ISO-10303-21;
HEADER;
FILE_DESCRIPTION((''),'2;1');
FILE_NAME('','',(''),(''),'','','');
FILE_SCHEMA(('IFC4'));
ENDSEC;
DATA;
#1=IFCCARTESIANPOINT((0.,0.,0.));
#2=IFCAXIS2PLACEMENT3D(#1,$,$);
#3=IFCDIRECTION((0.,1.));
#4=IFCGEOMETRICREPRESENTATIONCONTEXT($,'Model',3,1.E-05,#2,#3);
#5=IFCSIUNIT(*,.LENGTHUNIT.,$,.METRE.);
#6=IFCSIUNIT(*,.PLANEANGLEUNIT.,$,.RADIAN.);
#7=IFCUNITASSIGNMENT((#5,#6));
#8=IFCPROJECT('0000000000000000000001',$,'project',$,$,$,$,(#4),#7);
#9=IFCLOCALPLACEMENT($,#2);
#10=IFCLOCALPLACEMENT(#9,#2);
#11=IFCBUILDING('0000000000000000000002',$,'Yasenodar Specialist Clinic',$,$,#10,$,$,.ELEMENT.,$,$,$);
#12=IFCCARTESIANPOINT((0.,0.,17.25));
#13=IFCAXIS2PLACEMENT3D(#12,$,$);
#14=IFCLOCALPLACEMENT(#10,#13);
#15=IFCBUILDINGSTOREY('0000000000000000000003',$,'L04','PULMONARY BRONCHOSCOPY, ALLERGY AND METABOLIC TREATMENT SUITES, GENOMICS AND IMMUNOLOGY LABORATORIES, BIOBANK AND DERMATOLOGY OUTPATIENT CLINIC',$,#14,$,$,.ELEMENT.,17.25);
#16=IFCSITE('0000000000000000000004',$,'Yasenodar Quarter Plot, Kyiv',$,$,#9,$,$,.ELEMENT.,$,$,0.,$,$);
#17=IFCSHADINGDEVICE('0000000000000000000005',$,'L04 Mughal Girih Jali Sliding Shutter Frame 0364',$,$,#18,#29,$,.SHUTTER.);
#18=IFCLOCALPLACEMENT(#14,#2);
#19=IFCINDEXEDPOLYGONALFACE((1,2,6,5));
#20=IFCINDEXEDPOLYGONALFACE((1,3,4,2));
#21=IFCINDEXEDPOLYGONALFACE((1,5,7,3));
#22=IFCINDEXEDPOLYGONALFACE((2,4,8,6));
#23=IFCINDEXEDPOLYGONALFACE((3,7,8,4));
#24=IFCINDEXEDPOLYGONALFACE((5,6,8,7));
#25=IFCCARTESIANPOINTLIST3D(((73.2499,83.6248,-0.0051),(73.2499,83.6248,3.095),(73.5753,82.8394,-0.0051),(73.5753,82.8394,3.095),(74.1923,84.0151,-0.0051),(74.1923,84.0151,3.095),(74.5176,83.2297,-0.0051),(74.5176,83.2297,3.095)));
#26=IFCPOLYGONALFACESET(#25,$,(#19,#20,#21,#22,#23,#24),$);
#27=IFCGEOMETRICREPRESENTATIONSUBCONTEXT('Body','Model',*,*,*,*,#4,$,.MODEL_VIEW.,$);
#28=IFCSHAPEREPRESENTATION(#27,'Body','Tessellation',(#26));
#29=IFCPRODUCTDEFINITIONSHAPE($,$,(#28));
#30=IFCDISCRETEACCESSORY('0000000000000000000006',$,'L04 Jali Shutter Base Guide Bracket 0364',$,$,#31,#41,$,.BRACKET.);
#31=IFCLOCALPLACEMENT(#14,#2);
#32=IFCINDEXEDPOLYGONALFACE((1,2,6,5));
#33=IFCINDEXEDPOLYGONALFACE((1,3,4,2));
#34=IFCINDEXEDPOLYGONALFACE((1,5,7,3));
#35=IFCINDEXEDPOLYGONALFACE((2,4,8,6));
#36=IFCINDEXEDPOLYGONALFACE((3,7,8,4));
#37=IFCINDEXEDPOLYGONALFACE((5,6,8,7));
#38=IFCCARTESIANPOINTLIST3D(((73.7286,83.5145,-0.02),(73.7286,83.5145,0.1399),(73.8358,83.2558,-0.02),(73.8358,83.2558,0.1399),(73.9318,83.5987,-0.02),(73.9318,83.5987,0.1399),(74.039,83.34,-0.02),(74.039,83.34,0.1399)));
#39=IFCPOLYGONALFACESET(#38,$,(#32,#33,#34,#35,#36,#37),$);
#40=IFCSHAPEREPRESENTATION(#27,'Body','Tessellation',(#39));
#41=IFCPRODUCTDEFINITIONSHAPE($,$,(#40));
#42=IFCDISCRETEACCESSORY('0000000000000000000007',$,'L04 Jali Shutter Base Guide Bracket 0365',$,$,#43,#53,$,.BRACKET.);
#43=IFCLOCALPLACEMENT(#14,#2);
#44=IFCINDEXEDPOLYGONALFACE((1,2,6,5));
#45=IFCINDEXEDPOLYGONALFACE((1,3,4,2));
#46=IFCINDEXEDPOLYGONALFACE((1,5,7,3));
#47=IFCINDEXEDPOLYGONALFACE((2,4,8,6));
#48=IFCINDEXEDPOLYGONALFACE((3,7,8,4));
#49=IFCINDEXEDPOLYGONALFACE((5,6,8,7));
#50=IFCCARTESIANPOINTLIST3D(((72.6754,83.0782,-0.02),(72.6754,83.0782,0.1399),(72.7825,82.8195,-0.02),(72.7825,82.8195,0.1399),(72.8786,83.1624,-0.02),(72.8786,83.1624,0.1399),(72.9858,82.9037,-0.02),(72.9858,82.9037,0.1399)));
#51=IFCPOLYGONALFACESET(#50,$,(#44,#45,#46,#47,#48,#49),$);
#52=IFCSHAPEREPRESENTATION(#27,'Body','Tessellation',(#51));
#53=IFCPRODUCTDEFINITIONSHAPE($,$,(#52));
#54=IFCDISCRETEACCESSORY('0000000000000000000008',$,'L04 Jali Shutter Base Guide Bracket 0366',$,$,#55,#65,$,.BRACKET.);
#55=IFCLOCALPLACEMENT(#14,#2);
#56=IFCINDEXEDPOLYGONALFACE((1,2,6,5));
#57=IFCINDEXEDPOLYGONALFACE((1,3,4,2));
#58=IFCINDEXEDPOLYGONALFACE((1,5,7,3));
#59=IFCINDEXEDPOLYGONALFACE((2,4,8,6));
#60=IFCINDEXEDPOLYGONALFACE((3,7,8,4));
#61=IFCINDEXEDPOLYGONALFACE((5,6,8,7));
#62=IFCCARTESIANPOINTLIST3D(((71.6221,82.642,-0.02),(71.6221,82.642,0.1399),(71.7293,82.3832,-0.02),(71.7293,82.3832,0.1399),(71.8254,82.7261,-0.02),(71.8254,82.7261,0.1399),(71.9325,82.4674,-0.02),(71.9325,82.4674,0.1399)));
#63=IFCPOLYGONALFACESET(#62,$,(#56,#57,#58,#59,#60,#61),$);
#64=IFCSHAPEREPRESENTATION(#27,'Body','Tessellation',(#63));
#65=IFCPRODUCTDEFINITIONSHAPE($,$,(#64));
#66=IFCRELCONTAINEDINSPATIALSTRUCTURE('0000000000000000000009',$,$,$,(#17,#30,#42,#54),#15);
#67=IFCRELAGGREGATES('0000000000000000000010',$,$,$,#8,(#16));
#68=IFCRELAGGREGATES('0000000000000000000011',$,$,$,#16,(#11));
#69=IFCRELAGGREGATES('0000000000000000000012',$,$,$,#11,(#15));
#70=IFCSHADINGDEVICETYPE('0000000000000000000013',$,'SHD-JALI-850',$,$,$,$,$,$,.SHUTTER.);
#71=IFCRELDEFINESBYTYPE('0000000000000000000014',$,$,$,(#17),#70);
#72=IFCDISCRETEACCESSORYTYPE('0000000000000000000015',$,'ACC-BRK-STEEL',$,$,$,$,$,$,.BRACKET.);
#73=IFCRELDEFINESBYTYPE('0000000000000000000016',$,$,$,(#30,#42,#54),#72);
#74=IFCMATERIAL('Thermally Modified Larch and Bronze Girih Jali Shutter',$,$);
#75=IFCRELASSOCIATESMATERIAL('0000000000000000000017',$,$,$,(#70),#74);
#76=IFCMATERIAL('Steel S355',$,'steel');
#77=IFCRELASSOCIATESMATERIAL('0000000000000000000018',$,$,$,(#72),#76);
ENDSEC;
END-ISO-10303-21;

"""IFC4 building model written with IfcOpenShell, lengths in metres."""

from ifc_helpers import new_model, si_unit, direction, frame, origin, origin_2d, place, context, subcontext, project, spatial, rectangle, extrude, material, type_object, element, save


model = new_model("IFC4")

# Units and contexts
model_context = context("Model", 3, precision=1e-05, world=origin(), true_north=direction((0.0, 1.0)))
body_context = subcontext(model_context, "Body", "Model", "MODEL_VIEW")
ifc_project = project(units=[si_unit("LENGTHUNIT", "METRE"), si_unit("PLANEANGLEUNIT", "RADIAN")], contexts=[model_context])

# Site, building, storey
site_placement = place(None, origin())
site = spatial("IfcSite", under=ifc_project, at=site_placement, Name="Yasenodar Quarter Plot, Kyiv", CompositionType="ELEMENT", RefElevation=0.0)
building_placement = place(site_placement, origin())
building = spatial("IfcBuilding", under=site, at=building_placement, Name="Yasenodar Specialist Clinic", CompositionType="ELEMENT")
storey_placement = place(building_placement, frame((0.0, 0.0, 17.25)))
storey = spatial("IfcBuildingStorey", under=building, at=storey_placement, Name="L04", Description="PULMONARY BRONCHOSCOPY, ALLERGY AND METABOLIC TREATMENT SUITES, GENOMICS AND IMMUNOLOGY LABORATORIES, BIOBANK AND DERMATOLOGY OUTPATIENT CLINIC", CompositionType="ELEMENT", Elevation=17.25)

# Shared definitions
ifc_material_1 = material(Name="Steel S355", Category="steel")

# Shading device
ifc_material_2 = material(Name="Thermally Modified Larch and Bronze Girih Jali Shutter")
shading_device_type = type_object("IfcShadingDeviceType", Name="SHD-JALI-850", PredefinedType="SHUTTER", material=ifc_material_2)
shading_device_placement = place(storey_placement, frame((73.8838, 83.4272, -0.0051), z_axis=(0.0, 0.0, 1.0), x_axis=(-0.923878, -0.382687, 0.0)))
element("IfcShadingDevice", 1, at=shading_device_placement, inside=storey, type_object=shading_device_type, Name="L04 Mughal Girih Jali Sliding Shutter Frame 0364", PredefinedType="SHUTTER", context=body_context, shape_type="SweptSolid", body=[
    extrude(rectangle(XDim=1.02, YDim=0.8501, at=origin_2d()), origin(), (0.0, 0.0, 1.0), 3.1001),
])

# Discrete accessories
discrete_accessory_type = type_object("IfcDiscreteAccessoryType", Name="ACC-BRK-STEEL", PredefinedType="BRACKET", material=ifc_material_1)
for number, where, z_axis, x_axis, name in (
    (2, (73.8838, 83.4272, -0.02), (0.0, 0.0, 1.0), (-0.923878, -0.382687, 0.0), "L04 Jali Shutter Base Guide Bracket 0364"),
    (3, (72.8306, 82.991, -0.02), (0.0, 0.0, 1.0), (-0.923878, -0.382687, 0.0), "L04 Jali Shutter Base Guide Bracket 0365"),
    (4, (71.7773, 82.5547, -0.02), (0.0, 0.0, 1.0), (-0.923878, -0.382687, 0.0), "L04 Jali Shutter Base Guide Bracket 0366"),
):
    element("IfcDiscreteAccessory", number, at=place(storey_placement, frame(where, z_axis=z_axis, x_axis=x_axis)), inside=storey, type_object=discrete_accessory_type, Name=name, PredefinedType="BRACKET", context=body_context, shape_type="SweptSolid", body=[
        extrude(rectangle(XDim=0.22, YDim=0.28, at=origin_2d()), origin(), (0.0, 0.0, 1.0), 0.1599),
    ])

save(model, "model.ifc")
